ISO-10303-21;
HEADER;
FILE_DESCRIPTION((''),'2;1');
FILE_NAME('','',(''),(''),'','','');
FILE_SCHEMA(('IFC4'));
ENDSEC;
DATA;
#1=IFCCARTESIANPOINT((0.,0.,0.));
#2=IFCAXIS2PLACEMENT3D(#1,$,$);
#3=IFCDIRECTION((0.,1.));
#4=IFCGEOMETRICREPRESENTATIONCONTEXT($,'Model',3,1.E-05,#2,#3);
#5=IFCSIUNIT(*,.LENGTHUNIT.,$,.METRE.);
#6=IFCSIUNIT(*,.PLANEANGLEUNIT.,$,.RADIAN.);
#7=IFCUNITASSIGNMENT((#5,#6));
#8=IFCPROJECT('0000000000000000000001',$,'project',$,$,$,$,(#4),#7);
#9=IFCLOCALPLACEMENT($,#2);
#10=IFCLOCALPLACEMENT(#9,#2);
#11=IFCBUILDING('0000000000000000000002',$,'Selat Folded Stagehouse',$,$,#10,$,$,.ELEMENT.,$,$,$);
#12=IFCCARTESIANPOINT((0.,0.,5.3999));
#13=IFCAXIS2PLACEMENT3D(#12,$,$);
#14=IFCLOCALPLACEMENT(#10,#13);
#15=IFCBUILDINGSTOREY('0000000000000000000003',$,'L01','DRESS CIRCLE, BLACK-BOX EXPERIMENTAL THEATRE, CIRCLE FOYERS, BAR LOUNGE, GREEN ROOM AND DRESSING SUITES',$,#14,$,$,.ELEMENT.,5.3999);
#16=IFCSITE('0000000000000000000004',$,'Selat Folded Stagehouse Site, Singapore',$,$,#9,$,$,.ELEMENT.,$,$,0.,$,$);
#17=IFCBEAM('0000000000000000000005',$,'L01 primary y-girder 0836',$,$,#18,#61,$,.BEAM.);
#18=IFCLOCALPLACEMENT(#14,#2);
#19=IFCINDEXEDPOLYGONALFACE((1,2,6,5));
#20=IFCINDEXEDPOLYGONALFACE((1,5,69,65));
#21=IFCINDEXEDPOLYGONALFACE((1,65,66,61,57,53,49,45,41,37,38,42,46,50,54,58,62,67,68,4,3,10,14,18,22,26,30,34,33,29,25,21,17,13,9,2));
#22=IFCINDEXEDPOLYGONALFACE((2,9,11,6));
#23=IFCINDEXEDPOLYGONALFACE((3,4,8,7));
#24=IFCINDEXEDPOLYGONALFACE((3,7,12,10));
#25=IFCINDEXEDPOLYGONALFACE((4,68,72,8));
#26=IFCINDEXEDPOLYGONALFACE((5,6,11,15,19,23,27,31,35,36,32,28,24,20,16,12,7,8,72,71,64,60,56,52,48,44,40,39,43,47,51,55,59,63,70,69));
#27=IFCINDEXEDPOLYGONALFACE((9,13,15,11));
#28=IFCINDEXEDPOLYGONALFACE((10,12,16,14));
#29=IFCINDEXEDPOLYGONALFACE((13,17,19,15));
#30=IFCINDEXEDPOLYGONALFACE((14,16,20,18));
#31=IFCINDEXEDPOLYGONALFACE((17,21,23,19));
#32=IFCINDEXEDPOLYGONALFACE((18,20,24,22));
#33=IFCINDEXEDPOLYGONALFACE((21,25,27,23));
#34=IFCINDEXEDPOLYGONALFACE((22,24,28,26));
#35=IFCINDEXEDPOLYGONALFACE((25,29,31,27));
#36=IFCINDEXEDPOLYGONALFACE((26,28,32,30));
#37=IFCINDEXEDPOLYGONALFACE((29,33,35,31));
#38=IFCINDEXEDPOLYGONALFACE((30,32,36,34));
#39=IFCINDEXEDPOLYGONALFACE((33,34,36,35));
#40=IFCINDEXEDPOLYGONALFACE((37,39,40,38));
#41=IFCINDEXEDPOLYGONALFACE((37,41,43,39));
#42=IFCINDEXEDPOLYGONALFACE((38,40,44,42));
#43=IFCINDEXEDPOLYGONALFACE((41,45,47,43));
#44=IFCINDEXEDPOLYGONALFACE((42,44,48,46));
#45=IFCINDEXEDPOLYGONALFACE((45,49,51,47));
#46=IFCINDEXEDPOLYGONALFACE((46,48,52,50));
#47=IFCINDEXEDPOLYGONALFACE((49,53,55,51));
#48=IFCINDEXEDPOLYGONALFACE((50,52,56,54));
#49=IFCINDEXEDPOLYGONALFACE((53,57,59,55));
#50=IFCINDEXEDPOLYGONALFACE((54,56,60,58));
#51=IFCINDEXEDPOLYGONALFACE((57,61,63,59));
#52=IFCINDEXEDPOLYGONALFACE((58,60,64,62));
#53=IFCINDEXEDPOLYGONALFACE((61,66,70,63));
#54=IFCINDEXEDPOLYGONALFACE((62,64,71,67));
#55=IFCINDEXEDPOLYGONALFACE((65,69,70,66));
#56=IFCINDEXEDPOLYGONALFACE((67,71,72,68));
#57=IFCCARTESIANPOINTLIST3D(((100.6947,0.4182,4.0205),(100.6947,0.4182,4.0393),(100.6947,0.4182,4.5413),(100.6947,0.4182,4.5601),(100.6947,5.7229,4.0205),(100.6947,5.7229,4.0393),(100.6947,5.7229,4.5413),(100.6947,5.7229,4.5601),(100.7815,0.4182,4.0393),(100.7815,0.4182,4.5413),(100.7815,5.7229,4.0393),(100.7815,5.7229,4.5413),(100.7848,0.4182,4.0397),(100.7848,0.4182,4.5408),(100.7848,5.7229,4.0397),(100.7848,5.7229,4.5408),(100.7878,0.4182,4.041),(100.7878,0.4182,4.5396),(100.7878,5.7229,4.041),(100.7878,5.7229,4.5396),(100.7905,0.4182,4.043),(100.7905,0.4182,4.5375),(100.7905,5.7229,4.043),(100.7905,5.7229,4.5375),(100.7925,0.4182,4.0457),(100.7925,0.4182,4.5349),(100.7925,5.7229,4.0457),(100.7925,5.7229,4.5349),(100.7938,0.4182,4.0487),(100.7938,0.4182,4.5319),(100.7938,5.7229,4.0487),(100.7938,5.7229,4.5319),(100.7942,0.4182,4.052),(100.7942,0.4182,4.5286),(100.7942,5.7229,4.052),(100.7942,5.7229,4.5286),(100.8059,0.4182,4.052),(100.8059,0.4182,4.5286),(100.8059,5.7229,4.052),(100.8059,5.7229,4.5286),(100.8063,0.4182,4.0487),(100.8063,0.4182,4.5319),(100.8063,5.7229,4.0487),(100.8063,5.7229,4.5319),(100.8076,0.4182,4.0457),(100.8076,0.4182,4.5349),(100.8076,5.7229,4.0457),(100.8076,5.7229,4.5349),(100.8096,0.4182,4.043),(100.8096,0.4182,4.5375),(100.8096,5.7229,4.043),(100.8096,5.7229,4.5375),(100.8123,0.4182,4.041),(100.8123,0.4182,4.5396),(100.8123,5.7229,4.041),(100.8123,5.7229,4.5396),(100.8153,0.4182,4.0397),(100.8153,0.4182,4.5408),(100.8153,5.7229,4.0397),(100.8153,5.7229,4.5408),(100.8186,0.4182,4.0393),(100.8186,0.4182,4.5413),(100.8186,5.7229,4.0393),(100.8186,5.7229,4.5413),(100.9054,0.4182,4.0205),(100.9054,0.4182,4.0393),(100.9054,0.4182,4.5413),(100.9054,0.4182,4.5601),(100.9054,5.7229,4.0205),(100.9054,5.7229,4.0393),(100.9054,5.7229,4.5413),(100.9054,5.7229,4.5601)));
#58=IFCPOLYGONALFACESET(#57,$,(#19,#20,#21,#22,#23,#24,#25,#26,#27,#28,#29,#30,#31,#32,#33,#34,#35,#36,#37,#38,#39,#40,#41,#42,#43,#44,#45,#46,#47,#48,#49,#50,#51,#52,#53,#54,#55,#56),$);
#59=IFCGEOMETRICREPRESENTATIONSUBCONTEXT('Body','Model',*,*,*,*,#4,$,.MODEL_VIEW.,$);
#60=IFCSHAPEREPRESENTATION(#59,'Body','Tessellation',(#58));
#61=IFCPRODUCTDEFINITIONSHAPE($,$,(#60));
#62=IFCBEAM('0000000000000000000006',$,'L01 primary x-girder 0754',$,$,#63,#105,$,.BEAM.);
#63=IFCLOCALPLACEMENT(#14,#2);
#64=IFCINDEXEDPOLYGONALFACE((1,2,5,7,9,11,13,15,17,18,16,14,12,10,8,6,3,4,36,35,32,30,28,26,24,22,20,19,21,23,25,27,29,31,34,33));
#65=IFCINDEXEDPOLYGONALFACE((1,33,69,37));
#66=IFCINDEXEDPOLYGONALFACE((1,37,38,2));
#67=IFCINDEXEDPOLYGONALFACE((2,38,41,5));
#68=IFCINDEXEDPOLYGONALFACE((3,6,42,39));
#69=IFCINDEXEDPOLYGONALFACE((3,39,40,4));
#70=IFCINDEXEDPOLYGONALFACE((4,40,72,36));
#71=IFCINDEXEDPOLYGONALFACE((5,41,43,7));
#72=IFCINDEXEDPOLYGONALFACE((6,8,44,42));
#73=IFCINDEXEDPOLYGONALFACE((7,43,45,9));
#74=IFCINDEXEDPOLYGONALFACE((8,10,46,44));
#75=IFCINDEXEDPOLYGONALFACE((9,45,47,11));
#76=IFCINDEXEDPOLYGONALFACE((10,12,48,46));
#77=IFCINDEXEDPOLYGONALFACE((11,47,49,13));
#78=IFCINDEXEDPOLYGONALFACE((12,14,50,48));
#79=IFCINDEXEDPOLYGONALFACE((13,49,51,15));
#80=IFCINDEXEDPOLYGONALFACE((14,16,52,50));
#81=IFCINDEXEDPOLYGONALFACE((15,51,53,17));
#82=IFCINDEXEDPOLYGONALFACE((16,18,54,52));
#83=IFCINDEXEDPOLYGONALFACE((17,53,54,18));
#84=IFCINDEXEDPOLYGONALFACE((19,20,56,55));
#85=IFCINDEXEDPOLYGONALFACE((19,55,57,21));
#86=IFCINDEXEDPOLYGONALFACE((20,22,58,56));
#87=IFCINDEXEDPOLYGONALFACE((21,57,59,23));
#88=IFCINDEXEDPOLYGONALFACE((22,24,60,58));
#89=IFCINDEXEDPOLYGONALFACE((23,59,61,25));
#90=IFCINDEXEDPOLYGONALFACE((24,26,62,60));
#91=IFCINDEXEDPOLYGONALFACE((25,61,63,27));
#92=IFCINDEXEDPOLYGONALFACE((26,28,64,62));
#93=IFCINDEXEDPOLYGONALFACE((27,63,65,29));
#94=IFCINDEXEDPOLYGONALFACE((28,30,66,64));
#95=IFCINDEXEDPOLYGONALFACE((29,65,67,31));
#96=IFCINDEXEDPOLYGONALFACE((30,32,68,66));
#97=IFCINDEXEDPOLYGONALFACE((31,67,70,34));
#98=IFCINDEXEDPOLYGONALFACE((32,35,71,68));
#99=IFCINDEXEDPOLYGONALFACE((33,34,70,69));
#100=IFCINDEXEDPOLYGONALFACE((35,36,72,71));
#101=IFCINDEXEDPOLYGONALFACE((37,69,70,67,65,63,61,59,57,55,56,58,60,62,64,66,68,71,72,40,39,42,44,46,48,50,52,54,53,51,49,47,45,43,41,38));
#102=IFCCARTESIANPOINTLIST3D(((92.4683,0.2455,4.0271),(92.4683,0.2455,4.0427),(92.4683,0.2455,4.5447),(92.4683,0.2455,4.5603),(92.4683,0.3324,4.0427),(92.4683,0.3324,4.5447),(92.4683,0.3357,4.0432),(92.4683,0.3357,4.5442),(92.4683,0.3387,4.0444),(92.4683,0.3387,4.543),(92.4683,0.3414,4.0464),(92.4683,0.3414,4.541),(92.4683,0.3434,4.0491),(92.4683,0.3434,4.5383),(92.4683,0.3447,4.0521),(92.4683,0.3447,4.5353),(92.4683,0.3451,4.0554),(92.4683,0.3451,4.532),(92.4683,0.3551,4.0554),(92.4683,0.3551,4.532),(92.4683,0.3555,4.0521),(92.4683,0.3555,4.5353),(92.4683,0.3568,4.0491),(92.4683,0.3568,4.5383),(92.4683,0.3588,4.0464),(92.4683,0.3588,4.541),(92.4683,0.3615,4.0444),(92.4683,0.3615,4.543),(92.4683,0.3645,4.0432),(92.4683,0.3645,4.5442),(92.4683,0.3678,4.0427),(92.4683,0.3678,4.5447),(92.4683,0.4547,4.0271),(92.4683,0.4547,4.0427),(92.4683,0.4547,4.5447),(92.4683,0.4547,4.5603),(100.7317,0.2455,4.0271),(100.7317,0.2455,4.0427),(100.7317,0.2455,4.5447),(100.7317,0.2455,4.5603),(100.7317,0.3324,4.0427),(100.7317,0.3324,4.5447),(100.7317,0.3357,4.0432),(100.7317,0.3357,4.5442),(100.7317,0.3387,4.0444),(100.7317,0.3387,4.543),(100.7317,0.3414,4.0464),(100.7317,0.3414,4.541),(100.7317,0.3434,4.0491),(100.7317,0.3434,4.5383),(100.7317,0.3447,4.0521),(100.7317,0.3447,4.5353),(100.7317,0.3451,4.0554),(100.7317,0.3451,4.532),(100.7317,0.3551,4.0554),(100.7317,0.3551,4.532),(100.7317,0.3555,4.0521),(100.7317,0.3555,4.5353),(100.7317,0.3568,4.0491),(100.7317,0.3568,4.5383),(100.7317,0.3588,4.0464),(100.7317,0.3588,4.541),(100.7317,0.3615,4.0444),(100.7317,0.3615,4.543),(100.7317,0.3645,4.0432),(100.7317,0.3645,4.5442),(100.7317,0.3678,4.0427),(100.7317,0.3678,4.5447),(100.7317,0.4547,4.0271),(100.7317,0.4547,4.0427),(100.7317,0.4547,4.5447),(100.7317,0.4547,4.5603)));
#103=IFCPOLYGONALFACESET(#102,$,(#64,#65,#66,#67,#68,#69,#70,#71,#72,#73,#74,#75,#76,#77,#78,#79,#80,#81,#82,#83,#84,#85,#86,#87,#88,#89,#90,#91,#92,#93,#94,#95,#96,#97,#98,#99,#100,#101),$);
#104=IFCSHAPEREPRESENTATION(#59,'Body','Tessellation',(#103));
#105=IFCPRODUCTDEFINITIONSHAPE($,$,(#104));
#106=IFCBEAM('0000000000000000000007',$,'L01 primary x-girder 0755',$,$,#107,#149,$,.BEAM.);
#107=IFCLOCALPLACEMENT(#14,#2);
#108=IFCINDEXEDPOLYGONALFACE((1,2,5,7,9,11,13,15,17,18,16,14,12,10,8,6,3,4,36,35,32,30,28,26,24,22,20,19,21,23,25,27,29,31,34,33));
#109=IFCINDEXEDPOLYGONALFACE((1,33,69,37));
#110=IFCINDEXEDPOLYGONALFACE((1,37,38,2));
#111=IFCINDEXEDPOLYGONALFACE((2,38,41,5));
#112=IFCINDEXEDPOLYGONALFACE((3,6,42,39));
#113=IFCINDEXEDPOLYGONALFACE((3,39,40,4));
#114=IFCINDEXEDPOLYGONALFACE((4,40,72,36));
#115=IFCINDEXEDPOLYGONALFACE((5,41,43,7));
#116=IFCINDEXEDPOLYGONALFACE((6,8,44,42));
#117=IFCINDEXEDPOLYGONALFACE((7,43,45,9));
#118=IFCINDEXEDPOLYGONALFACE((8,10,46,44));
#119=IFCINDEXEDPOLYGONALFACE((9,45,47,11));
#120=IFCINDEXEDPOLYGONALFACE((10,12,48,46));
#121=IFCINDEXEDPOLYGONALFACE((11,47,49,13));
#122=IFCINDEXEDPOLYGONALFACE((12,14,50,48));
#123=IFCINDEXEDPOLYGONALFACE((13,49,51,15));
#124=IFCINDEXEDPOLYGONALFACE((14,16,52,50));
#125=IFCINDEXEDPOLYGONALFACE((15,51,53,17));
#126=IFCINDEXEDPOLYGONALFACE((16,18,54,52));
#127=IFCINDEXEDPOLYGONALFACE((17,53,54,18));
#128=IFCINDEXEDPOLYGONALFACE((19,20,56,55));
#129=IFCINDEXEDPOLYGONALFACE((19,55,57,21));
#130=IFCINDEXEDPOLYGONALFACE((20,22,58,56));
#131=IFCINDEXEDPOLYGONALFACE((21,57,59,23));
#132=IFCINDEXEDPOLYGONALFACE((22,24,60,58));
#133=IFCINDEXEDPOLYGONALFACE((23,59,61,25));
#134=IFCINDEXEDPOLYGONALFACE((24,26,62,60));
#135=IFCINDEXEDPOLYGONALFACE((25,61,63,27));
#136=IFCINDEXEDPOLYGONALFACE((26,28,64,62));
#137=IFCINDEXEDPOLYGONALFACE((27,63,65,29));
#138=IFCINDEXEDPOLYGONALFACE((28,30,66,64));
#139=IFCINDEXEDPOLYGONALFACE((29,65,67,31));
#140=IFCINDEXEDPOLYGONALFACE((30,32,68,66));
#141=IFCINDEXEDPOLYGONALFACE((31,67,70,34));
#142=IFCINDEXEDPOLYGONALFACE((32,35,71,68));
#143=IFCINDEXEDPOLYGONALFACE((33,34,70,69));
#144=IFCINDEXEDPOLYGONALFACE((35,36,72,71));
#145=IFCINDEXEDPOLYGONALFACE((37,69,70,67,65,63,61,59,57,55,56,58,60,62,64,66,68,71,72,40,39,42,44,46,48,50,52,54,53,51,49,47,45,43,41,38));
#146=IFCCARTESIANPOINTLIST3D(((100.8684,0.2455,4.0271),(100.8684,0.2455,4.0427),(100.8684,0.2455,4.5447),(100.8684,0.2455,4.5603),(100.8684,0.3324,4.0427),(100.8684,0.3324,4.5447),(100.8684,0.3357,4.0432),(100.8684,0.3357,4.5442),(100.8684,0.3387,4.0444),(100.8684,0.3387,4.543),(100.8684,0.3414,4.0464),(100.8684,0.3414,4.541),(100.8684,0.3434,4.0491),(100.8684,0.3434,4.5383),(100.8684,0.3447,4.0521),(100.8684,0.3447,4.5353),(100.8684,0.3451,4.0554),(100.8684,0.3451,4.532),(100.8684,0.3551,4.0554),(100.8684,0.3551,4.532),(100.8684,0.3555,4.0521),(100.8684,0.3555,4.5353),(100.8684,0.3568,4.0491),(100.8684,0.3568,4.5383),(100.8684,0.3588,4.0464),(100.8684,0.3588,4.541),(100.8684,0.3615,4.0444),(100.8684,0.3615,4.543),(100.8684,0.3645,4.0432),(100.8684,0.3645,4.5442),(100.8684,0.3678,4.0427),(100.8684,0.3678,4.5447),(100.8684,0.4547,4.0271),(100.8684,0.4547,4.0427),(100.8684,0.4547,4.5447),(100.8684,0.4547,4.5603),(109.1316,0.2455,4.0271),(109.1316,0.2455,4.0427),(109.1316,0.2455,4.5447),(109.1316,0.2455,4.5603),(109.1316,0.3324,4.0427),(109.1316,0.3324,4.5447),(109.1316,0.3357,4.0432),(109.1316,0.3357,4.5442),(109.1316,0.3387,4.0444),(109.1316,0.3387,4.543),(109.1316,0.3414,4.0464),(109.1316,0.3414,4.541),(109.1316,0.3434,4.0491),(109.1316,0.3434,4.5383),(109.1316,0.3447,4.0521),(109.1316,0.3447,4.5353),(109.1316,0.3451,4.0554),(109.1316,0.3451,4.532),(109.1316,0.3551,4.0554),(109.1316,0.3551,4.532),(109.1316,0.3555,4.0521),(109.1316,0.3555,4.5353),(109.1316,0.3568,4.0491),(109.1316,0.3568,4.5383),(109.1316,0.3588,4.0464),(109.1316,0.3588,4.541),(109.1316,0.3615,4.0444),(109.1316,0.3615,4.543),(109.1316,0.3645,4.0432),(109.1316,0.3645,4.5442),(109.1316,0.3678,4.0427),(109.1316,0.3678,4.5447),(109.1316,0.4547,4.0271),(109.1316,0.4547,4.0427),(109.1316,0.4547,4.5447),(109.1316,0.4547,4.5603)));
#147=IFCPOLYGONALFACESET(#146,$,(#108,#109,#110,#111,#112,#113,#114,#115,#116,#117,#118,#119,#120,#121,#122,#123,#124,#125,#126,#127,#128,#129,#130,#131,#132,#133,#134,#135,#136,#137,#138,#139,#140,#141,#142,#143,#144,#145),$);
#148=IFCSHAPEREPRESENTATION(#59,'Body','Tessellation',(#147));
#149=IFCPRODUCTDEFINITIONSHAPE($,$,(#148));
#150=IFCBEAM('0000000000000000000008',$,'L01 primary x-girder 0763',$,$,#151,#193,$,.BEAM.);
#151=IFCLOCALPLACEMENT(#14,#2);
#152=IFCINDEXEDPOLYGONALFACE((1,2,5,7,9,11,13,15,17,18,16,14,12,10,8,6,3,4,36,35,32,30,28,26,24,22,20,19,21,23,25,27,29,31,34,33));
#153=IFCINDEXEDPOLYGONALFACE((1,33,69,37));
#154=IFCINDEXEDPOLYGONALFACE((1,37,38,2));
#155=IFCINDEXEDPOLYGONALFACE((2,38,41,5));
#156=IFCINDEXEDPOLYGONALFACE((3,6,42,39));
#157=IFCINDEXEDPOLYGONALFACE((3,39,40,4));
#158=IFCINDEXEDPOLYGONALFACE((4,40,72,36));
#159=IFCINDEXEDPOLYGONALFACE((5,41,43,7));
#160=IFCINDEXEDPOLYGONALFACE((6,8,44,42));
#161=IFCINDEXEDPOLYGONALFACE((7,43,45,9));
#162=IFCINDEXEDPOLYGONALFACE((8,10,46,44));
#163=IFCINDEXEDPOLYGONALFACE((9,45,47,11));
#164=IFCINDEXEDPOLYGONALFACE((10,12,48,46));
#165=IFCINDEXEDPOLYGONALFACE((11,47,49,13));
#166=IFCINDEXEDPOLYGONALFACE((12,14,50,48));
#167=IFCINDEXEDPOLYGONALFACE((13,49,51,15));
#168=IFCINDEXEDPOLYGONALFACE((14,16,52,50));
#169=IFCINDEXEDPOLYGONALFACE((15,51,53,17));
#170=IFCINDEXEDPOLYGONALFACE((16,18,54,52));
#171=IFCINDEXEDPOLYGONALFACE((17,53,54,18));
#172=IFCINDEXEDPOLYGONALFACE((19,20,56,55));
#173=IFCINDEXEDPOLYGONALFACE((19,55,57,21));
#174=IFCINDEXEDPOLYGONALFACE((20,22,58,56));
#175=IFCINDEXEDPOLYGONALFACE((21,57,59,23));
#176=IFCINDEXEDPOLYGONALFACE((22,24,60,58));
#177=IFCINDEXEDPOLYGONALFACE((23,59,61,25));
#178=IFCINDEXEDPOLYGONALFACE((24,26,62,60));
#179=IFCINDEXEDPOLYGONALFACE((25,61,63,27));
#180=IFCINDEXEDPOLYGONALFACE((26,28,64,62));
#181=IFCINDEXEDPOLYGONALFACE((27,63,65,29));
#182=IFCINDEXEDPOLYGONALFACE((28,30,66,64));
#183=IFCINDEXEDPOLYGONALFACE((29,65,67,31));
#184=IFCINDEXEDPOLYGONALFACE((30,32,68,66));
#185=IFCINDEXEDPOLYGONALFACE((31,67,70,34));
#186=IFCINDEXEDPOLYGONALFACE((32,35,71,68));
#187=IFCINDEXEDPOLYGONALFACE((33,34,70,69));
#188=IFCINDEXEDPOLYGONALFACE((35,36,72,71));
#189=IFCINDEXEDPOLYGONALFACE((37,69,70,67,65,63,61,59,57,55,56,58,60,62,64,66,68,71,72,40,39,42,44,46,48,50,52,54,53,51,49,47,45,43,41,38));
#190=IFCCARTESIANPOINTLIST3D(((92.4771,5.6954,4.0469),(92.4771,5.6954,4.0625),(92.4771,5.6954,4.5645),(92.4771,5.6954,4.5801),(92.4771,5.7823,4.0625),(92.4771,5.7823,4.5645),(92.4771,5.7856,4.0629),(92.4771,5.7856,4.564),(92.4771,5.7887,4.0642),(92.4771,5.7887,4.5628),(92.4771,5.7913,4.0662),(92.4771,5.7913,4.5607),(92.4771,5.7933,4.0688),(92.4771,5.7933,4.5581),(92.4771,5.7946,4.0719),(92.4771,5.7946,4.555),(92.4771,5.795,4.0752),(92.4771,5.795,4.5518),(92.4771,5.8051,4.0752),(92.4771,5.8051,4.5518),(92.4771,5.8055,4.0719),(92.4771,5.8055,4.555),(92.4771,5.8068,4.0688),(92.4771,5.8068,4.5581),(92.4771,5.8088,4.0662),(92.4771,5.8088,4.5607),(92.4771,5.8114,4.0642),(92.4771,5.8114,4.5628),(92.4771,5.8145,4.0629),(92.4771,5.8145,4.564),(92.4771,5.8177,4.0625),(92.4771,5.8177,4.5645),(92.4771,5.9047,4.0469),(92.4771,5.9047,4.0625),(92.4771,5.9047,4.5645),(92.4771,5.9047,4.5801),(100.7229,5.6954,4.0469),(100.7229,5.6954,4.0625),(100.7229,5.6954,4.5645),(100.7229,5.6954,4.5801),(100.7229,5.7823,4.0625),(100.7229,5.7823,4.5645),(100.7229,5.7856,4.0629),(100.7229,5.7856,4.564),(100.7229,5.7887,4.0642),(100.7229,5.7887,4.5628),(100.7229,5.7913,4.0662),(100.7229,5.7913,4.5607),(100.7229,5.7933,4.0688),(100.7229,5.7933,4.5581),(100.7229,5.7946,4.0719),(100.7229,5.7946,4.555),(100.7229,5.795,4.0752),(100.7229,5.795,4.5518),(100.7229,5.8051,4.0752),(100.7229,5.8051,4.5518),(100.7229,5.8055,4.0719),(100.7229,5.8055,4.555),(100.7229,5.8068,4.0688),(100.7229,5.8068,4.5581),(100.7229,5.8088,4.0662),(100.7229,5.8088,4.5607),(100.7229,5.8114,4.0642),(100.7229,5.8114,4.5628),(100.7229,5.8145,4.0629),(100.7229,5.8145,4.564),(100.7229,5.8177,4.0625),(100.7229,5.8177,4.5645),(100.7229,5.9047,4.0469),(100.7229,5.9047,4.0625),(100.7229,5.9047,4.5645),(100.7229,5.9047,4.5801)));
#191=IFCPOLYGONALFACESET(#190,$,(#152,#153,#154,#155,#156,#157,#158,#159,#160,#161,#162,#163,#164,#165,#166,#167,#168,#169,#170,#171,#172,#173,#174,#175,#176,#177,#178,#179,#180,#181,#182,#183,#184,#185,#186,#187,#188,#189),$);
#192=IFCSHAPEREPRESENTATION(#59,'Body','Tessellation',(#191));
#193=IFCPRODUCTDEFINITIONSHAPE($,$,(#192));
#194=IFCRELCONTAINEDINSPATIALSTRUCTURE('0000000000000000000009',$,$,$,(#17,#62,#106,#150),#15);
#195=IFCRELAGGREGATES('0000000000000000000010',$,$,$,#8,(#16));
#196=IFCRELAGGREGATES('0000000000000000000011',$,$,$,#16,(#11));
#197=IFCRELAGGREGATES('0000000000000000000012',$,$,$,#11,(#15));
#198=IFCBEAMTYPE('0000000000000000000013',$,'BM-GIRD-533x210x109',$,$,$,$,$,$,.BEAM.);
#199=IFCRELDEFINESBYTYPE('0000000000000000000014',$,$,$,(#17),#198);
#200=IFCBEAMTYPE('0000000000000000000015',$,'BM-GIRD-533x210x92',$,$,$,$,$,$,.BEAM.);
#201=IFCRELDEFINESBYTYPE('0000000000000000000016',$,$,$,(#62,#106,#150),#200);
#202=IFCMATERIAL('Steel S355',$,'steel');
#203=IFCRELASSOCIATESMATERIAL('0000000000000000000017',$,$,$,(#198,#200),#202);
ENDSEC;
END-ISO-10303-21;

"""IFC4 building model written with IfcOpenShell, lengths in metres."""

from ifc_helpers import new_model, si_unit, direction, frame, origin, origin_2d, place, context, subcontext, project, spatial, i_section, extrude, material, material_profile, profile_set, type_object, element, save


model = new_model("IFC4")

# Units and contexts
model_context = context("Model", 3, precision=1e-05, world=origin(), true_north=direction((0.0, 1.0)))
body_context = subcontext(model_context, "Body", "Model", "MODEL_VIEW")
ifc_project = project(units=[si_unit("LENGTHUNIT", "METRE"), si_unit("PLANEANGLEUNIT", "RADIAN")], contexts=[model_context])

# Site, building, storey
site_placement = place(None, origin())
site = spatial("IfcSite", under=ifc_project, at=site_placement, Name="Selat Folded Stagehouse Site, Singapore", CompositionType="ELEMENT", RefElevation=0.0)
building_placement = place(site_placement, origin())
building = spatial("IfcBuilding", under=site, at=building_placement, Name="Selat Folded Stagehouse", CompositionType="ELEMENT")
storey_placement = place(building_placement, frame((0.0, 0.0, 5.3999)))
storey = spatial("IfcBuildingStorey", under=building, at=storey_placement, Name="L01", Description="DRESS CIRCLE, BLACK-BOX EXPERIMENTAL THEATRE, CIRCLE FOYERS, BAR LOUNGE, GREEN ROOM AND DRESSING SUITES", CompositionType="ELEMENT", Elevation=5.3999)

# Shared definitions
ifc_material = material(Name="Steel S355", Category="steel")

# Beams
ifc_material_profile_1 = material_profile(ifc_material, i_section(OverallWidth=0.2107, OverallDepth=0.5396, WebThickness=0.0117, FlangeThickness=0.0188, FilletRadius=0.0127, at=origin_2d()), Name="UKB 533x210x109")
ifc_profile_set_1 = profile_set([ifc_material_profile_1], Name="Steel S355")
beam_type_1 = type_object("IfcBeamType", Name="BM-GIRD-533x210x109", PredefinedType="BEAM", material=ifc_profile_set_1)
for number, where, z_axis, x_axis, name in (
    (1, (100.8, 0.4182, 4.2903), (0.0, 1.0, 0.0), (-1.0, 0.0, 0.0), "L01 primary y-girder 0836"),
):
    element("IfcBeam", number, at=place(storey_placement, frame(where, z_axis=z_axis, x_axis=x_axis)), inside=storey, type_object=beam_type_1, Name=name, PredefinedType="BEAM", context=body_context, shape_type="SweptSolid", body=[
        extrude(i_section(OverallWidth=0.2107, OverallDepth=0.5396, WebThickness=0.0117, FlangeThickness=0.0188, FilletRadius=0.0127, at=origin_2d()), origin(), (0.0, 0.0, 1.0), 5.3047),
    ])
ifc_material_profile_2 = material_profile(ifc_material, i_section(OverallWidth=0.2092, OverallDepth=0.5332, WebThickness=0.01, FlangeThickness=0.0156, FilletRadius=0.0127, at=origin_2d()), Name="UKB 533x210x92")
ifc_profile_set_2 = profile_set([ifc_material_profile_2], Name="Steel S355")
beam_type_2 = type_object("IfcBeamType", Name="BM-GIRD-533x210x92", PredefinedType="BEAM", material=ifc_profile_set_2)
beam_1_placement = place(storey_placement, frame((92.4683, 0.3501, 4.2937), z_axis=(1.0, 0.0, 0.0), x_axis=(0.0, 1.0, 0.0)))
element("IfcBeam", 2, at=beam_1_placement, inside=storey, type_object=beam_type_2, Name="L01 primary x-girder 0754", PredefinedType="BEAM", context=body_context, shape_type="SweptSolid", body=[
    extrude(i_section(OverallWidth=0.2092, OverallDepth=0.5332, WebThickness=0.01, FlangeThickness=0.0156, FilletRadius=0.0127, at=origin_2d()), origin(), (0.0, 0.0, 1.0), 8.2634),
])
beam_2_placement = place(storey_placement, frame((100.8684, 0.3501, 4.2937), z_axis=(1.0, 0.0, 0.0), x_axis=(0.0, 1.0, 0.0)))
element("IfcBeam", 3, at=beam_2_placement, inside=storey, type_object=beam_type_2, Name="L01 primary x-girder 0755", PredefinedType="BEAM", context=body_context, shape_type="SweptSolid", body=[
    extrude(i_section(OverallWidth=0.2092, OverallDepth=0.5332, WebThickness=0.01, FlangeThickness=0.0156, FilletRadius=0.0127, at=origin_2d()), origin(), (0.0, 0.0, 1.0), 8.2632),
])
beam_3_placement = place(storey_placement, frame((92.4771, 5.8, 4.3135), z_axis=(1.0, 0.0, 0.0), x_axis=(0.0, 1.0, 0.0)))
element("IfcBeam", 4, at=beam_3_placement, inside=storey, type_object=beam_type_2, Name="L01 primary x-girder 0763", PredefinedType="BEAM", context=body_context, shape_type="SweptSolid", body=[
    extrude(i_section(OverallWidth=0.2092, OverallDepth=0.5332, WebThickness=0.01, FlangeThickness=0.0156, FilletRadius=0.0127, at=origin_2d()), origin(), (0.0, 0.0, 1.0), 8.2458),
])

save(model, "model.ifc")
